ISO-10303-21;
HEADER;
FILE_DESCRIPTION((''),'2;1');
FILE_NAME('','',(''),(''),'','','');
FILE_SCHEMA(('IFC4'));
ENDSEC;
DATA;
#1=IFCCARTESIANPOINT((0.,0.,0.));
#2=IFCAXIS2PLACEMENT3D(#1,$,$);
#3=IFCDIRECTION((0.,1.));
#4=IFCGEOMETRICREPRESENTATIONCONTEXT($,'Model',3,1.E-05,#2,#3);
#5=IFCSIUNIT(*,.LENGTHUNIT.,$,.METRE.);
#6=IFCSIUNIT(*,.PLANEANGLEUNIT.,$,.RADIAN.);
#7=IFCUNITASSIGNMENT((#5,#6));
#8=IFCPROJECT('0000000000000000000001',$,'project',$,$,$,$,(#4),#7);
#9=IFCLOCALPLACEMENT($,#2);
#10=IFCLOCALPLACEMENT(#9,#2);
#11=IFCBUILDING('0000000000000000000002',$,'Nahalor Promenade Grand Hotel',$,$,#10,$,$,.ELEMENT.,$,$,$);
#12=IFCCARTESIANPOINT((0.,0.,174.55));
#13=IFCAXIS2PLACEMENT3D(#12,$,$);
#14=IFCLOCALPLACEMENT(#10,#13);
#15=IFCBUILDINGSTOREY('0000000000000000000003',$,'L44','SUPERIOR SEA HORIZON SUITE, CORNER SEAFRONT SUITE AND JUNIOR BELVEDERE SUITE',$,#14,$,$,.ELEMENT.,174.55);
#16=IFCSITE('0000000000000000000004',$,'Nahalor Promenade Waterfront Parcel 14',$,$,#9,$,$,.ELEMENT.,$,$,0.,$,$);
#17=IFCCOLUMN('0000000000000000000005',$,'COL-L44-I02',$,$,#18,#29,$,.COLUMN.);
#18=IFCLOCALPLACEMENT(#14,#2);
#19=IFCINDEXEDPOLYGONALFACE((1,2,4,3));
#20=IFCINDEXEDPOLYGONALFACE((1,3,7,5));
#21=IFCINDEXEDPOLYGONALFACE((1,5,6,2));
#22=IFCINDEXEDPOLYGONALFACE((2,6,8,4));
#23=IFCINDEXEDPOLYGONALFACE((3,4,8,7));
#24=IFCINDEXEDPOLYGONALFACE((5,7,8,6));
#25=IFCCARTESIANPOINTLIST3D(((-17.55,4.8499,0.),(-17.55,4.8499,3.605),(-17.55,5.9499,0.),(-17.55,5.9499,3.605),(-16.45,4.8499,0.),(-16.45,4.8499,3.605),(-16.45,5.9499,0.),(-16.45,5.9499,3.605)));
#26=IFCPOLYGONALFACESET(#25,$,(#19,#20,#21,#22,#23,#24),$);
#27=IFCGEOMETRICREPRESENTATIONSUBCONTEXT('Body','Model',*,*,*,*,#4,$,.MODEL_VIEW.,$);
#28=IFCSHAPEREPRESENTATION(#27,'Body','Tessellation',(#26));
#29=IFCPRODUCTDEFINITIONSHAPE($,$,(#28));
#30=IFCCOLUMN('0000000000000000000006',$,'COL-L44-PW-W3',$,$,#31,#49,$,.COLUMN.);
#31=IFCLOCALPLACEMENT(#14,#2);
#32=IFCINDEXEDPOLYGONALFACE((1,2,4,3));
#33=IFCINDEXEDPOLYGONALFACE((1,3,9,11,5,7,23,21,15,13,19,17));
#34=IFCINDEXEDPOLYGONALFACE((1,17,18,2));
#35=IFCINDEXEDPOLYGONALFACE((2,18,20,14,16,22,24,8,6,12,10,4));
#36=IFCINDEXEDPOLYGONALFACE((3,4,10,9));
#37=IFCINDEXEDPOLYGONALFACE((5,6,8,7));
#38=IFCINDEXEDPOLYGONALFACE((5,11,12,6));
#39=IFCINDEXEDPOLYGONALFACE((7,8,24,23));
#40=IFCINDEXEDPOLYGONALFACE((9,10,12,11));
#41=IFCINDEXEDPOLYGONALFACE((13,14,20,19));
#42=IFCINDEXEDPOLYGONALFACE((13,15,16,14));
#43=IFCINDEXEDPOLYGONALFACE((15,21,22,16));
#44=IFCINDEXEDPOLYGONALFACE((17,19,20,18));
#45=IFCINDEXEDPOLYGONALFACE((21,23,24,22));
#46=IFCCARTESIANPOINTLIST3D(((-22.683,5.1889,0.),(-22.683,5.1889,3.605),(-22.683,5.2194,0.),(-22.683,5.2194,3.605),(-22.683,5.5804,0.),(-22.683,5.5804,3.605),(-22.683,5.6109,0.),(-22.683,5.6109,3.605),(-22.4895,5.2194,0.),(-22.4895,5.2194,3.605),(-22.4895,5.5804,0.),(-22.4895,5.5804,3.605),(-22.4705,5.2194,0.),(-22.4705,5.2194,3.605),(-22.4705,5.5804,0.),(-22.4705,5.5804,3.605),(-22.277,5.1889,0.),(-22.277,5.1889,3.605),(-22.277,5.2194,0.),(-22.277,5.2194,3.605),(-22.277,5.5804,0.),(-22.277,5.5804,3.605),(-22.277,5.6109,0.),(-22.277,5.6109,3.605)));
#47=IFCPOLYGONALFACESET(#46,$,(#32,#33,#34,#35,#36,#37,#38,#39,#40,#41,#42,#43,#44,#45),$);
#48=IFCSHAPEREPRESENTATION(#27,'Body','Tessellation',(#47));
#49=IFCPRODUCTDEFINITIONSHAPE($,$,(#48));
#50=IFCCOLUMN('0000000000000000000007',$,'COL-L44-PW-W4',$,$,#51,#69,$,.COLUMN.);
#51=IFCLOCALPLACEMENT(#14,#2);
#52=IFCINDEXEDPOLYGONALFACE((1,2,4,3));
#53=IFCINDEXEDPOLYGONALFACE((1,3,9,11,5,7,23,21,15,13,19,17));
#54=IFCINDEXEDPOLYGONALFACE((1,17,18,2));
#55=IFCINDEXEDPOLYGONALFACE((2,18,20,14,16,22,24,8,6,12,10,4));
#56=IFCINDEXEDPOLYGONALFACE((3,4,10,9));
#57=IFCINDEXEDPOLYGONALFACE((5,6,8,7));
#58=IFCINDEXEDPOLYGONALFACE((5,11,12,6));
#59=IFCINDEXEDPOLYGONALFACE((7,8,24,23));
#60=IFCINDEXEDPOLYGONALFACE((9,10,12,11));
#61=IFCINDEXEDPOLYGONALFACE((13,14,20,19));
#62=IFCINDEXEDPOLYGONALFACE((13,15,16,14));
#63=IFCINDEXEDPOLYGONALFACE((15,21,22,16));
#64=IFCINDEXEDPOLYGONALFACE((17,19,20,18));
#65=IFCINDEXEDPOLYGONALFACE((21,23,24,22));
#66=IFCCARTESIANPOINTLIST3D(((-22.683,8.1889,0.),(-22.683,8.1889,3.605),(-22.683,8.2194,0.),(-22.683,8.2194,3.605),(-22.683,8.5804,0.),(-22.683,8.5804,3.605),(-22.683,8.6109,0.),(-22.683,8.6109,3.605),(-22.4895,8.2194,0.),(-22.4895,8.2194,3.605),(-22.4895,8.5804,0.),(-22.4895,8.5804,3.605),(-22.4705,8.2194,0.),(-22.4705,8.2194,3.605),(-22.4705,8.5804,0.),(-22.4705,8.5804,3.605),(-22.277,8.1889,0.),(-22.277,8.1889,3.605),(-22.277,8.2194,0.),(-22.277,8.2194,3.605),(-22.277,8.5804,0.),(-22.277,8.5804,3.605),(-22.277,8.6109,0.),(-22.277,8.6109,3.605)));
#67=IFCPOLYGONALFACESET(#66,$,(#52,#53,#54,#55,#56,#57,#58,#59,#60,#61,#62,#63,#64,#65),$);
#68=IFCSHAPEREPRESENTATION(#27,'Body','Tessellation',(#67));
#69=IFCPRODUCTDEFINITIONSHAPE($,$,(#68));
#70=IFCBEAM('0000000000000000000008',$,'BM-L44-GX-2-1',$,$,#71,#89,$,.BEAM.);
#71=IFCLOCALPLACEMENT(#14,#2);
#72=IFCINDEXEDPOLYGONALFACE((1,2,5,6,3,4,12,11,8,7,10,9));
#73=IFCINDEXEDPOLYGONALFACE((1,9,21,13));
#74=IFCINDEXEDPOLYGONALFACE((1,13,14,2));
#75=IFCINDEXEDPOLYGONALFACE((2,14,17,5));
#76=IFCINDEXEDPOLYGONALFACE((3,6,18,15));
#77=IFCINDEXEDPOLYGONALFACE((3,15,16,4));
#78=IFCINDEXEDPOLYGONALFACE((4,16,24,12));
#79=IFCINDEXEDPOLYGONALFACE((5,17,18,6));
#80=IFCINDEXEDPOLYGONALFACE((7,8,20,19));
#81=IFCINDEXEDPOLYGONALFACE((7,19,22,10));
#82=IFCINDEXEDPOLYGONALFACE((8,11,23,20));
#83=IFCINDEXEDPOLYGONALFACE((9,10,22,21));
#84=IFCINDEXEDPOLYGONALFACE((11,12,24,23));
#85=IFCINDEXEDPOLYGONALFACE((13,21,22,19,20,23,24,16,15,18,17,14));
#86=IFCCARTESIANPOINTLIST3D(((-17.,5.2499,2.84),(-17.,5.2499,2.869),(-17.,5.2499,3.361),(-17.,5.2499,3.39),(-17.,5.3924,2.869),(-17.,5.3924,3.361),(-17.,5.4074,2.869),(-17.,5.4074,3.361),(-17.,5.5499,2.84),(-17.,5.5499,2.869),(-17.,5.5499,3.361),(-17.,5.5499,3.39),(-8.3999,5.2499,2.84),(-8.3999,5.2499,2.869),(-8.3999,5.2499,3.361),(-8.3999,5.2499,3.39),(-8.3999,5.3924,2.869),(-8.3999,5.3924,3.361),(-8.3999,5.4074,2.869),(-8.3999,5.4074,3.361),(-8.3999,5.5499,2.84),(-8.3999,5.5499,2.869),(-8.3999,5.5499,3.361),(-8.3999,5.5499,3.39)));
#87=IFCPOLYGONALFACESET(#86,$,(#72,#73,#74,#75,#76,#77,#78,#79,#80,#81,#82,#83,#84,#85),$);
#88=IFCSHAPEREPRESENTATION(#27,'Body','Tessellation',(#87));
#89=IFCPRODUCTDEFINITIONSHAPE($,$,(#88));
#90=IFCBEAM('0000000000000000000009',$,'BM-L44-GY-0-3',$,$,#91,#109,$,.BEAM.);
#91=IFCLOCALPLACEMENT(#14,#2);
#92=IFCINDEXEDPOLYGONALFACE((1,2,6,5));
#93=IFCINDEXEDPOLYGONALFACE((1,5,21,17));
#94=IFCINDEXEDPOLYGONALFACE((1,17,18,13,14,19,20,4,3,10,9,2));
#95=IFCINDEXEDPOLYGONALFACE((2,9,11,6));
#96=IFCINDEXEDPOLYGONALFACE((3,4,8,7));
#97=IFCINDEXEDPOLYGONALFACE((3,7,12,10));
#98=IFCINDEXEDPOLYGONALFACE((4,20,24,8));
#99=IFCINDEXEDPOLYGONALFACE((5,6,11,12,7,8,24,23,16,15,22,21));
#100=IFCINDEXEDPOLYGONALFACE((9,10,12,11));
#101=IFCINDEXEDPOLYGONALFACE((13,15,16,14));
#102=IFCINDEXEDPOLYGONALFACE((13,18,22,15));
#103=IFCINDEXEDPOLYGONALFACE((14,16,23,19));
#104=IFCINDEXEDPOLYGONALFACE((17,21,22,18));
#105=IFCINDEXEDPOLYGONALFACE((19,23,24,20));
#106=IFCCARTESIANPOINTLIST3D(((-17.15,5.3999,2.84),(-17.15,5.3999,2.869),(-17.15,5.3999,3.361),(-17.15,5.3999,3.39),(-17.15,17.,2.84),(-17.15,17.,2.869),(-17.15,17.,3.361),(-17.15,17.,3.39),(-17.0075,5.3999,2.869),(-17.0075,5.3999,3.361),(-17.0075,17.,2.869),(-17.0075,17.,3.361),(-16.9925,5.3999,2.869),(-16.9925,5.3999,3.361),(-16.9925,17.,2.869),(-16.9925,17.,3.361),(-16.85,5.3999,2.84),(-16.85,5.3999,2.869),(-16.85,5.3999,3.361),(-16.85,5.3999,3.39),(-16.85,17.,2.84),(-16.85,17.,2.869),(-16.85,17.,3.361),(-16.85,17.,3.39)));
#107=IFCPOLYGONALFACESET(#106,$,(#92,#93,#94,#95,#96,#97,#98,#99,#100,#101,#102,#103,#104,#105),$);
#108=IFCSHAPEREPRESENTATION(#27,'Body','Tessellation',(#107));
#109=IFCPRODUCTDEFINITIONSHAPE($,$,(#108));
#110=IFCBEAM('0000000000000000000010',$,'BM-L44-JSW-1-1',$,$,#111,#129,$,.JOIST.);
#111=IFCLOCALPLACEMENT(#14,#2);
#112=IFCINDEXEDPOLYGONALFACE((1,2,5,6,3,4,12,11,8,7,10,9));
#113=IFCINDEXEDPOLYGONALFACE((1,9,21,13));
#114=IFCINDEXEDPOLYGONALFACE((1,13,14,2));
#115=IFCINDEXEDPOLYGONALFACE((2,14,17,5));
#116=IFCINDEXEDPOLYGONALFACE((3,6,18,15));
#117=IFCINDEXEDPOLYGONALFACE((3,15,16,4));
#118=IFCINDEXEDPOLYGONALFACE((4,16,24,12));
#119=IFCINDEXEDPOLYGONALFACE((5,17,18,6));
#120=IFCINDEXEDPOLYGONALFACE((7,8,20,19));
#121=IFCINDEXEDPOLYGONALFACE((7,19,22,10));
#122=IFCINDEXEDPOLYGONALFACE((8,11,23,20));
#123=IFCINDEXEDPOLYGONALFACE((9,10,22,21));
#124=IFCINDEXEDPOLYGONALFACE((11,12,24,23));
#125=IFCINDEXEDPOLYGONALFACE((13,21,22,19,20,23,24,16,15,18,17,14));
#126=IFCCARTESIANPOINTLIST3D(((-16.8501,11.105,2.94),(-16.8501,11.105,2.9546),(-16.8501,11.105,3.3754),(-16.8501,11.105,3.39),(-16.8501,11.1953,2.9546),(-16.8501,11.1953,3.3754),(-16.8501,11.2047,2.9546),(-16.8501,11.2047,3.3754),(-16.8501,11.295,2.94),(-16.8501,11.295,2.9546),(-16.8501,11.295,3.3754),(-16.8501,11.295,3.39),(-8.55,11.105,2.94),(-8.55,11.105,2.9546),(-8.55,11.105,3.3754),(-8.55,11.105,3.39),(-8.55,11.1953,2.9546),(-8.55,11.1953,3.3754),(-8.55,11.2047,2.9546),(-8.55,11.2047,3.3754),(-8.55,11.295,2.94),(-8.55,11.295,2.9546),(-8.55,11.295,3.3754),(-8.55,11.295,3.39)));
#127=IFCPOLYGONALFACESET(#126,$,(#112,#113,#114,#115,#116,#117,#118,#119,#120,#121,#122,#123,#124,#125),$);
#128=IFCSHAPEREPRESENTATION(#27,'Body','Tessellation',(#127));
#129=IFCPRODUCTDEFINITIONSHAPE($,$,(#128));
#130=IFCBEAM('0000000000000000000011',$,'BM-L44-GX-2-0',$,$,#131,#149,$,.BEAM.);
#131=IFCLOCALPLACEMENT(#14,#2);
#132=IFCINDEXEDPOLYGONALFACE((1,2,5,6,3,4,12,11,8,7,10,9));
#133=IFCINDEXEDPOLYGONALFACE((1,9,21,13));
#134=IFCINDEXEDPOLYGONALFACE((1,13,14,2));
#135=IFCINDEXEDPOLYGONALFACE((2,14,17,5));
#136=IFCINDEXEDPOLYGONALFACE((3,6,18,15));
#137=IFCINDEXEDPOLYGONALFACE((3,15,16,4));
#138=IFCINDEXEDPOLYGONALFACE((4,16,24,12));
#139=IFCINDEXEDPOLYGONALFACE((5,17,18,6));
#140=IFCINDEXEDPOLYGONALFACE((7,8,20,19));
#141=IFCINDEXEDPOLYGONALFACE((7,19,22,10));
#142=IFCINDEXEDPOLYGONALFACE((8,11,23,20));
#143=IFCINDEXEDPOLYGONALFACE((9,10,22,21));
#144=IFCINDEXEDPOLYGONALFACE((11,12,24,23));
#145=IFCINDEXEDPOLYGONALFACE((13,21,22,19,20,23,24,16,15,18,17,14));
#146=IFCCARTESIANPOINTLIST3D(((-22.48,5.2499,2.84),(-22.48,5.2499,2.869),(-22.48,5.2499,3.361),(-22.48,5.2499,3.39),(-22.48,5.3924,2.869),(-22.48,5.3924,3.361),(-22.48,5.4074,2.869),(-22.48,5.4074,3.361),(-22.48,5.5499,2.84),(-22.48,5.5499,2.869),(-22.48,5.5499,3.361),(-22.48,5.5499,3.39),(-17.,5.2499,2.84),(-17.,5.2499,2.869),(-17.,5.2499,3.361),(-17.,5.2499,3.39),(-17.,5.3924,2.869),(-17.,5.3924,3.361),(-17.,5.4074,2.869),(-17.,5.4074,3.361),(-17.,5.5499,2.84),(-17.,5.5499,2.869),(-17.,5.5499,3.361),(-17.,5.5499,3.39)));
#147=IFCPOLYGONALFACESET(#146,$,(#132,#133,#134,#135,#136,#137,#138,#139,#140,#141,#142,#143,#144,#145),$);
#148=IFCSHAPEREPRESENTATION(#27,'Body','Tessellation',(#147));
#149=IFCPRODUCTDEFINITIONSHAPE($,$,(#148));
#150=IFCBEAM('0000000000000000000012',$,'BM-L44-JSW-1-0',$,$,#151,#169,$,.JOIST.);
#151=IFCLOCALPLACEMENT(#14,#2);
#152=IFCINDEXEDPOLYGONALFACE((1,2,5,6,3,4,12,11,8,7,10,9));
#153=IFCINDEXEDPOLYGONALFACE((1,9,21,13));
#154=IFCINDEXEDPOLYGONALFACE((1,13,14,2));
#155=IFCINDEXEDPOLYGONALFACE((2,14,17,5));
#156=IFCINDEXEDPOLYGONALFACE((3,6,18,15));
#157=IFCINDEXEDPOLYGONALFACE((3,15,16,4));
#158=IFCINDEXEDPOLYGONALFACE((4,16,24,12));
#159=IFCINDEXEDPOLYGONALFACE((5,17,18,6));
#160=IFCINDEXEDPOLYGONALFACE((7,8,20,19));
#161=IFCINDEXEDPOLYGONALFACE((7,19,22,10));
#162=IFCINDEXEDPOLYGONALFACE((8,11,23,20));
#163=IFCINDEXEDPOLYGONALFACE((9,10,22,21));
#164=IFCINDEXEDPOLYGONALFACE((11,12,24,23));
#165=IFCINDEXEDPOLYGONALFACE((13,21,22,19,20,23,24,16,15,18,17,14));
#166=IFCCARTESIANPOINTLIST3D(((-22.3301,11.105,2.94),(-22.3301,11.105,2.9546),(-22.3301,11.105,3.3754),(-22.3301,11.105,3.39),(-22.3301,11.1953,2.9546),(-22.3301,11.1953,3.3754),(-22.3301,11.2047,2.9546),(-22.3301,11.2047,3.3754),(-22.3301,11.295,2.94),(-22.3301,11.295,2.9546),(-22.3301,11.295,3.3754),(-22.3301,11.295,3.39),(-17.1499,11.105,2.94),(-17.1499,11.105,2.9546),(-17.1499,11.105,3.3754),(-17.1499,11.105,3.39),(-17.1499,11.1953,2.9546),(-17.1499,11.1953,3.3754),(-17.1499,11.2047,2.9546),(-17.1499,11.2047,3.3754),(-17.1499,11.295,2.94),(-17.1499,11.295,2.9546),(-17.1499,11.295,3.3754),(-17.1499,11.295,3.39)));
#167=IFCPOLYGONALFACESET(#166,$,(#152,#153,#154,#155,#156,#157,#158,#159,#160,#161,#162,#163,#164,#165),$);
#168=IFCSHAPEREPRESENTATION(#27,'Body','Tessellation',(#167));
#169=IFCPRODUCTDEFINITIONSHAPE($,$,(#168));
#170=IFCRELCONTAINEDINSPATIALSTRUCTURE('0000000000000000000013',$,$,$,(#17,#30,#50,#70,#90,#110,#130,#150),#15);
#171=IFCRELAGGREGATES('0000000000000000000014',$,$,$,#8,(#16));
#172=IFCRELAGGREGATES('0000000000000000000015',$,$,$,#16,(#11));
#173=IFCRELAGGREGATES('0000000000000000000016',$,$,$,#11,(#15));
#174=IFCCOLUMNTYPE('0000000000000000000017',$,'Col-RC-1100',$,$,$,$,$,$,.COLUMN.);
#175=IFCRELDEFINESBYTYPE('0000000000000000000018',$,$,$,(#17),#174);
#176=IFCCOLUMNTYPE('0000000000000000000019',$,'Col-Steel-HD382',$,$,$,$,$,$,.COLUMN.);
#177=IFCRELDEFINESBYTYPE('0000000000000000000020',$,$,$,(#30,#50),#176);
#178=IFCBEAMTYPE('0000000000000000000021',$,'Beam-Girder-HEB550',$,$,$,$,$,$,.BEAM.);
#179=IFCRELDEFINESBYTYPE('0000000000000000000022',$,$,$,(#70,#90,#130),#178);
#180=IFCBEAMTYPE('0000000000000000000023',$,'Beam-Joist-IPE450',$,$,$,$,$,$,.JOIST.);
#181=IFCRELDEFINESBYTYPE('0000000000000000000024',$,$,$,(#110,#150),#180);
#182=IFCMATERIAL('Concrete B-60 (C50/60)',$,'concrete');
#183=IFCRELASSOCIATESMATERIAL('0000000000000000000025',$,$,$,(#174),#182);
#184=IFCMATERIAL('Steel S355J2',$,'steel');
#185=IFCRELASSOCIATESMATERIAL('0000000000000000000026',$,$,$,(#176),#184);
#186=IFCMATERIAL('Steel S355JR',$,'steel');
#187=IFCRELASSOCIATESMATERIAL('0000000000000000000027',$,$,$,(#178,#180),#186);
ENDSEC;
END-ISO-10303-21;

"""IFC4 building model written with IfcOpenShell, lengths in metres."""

from ifc_helpers import new_model, si_unit, direction, frame, origin, origin_2d, place, context, subcontext, project, spatial, rectangle, i_section, extrude, source, transform, mapped, material, material_profile, profile_set, type_object, element, save


model = new_model("IFC4")

# Units and contexts
model_context = context("Model", 3, precision=1e-05, world=origin(), true_north=direction((0.0, 1.0)))
body_context = subcontext(model_context, "Body", "Model", "MODEL_VIEW")
ifc_project = project(units=[si_unit("LENGTHUNIT", "METRE"), si_unit("PLANEANGLEUNIT", "RADIAN")], contexts=[model_context])

# Site, building, storey
site_placement = place(None, origin())
site = spatial("IfcSite", under=ifc_project, at=site_placement, Name="Nahalor Promenade Waterfront Parcel 14", CompositionType="ELEMENT", RefElevation=0.0)
building_placement = place(site_placement, origin())
building = spatial("IfcBuilding", under=site, at=building_placement, Name="Nahalor Promenade Grand Hotel", CompositionType="ELEMENT")
storey_placement = place(building_placement, frame((0.0, 0.0, 174.55)))
storey = spatial("IfcBuildingStorey", under=building, at=storey_placement, Name="L44", Description="SUPERIOR SEA HORIZON SUITE, CORNER SEAFRONT SUITE AND JUNIOR BELVEDERE SUITE", CompositionType="ELEMENT", Elevation=174.55)

# Columns
ifc_material_1 = material(Name="Concrete B-60 (C50/60)", Category="concrete")
ifc_material_profile_1 = material_profile(ifc_material_1, rectangle(XDim=1.1, YDim=1.1, at=origin_2d()), Name="RC 1100x1100")
ifc_profile_set_1 = profile_set([ifc_material_profile_1], Name="Concrete B-60 (C50/60)")
column_type_1 = type_object("IfcColumnType", Name="Col-RC-1100", PredefinedType="COLUMN", material=ifc_profile_set_1)
shared_shape_1 = source(origin(), body_context, "Body", "SweptSolid", [
    extrude(rectangle(XDim=1.1, YDim=1.1, at=origin_2d()), origin(), (0.0, 0.0, 1.0), 3.605),
])
column_placement = place(storey_placement, frame((-17.0, 5.3999, 0.0), z_axis=(0.0, 0.0, 1.0), x_axis=(1.0, 0.0, 0.0)))
element("IfcColumn", 1, at=column_placement, inside=storey, type_object=column_type_1, Name="COL-L44-I02", PredefinedType="COLUMN", context=body_context, shape_type="MappedRepresentation", body=[
    mapped(shared_shape_1, transform((0.0, 0.0, 0.0), scale=1.0)),
])
ifc_material_2 = material(Name="Steel S355J2", Category="steel")
ifc_material_profile_2 = material_profile(ifc_material_2, i_section(OverallWidth=0.406, OverallDepth=0.422, WebThickness=0.019, FlangeThickness=0.0305, at=origin_2d()), Name="HD 400x382")
ifc_profile_set_2 = profile_set([ifc_material_profile_2], Name="Steel S355J2")
column_type_2 = type_object("IfcColumnType", Name="Col-Steel-HD382", PredefinedType="COLUMN", material=ifc_profile_set_2)
shared_shape_2 = source(origin(), body_context, "Body", "SweptSolid", [
    extrude(i_section(OverallWidth=0.406, OverallDepth=0.422, WebThickness=0.019, FlangeThickness=0.0305, at=origin_2d()), origin(), (0.0, 0.0, 1.0), 3.605),
])
for number, where, z_axis, x_axis, name in (
    (2, (-22.48, 5.3999, 0.0), (0.0, 0.0, 1.0), (1.0, 0.0, 0.0), "COL-L44-PW-W3"),
    (3, (-22.48, 8.3999, 0.0), (0.0, 0.0, 1.0), (1.0, 0.0, 0.0), "COL-L44-PW-W4"),
):
    element("IfcColumn", number, at=place(storey_placement, frame(where, z_axis=z_axis, x_axis=x_axis)), inside=storey, type_object=column_type_2, Name=name, PredefinedType="COLUMN", context=body_context, shape_type="MappedRepresentation", body=[
        mapped(shared_shape_2, transform((0.0, 0.0, 0.0), scale=1.0)),
    ])

# Beams
ifc_material_3 = material(Name="Steel S355JR", Category="steel")
ifc_material_profile_3 = material_profile(ifc_material_3, i_section(OverallWidth=0.3, OverallDepth=0.55, WebThickness=0.015, FlangeThickness=0.029, at=origin_2d()), Name="HEB 550")
ifc_profile_set_3 = profile_set([ifc_material_profile_3], Name="Steel S355JR")
beam_type_1 = type_object("IfcBeamType", Name="Beam-Girder-HEB550", PredefinedType="BEAM", material=ifc_profile_set_3)
shared_shape_3 = source(origin(), body_context, "Body", "SweptSolid", [
    extrude(i_section(OverallWidth=0.3, OverallDepth=0.55, WebThickness=0.015, FlangeThickness=0.029, at=origin_2d()), origin(), (0.0, 0.0, 1.0), 8.6001),
])
beam_1_placement = place(storey_placement, frame((-17.0, 5.3999, 3.115), z_axis=(1.0, 0.0, 0.0), x_axis=(0.0, 1.0, 0.0)))
element("IfcBeam", 4, at=beam_1_placement, inside=storey, type_object=beam_type_1, Name="BM-L44-GX-2-1", PredefinedType="BEAM", context=body_context, shape_type="MappedRepresentation", body=[
    mapped(shared_shape_3, transform((0.0, 0.0, 0.0), scale=1.0)),
])
shared_shape_4 = source(origin(), body_context, "Body", "SweptSolid", [
    extrude(i_section(OverallWidth=0.3, OverallDepth=0.55, WebThickness=0.015, FlangeThickness=0.029, at=origin_2d()), origin(), (0.0, 0.0, 1.0), 11.6001),
])
beam_2_placement = place(storey_placement, frame((-17.0, 5.3999, 3.115), z_axis=(0.0, 1.0, 0.0), x_axis=(-1.0, 0.0, 0.0)))
element("IfcBeam", 5, at=beam_2_placement, inside=storey, type_object=beam_type_1, Name="BM-L44-GY-0-3", PredefinedType="BEAM", context=body_context, shape_type="MappedRepresentation", body=[
    mapped(shared_shape_4, transform((0.0, 0.0, 0.0), scale=1.0)),
])
ifc_material_profile_4 = material_profile(ifc_material_3, i_section(OverallWidth=0.19, OverallDepth=0.45, WebThickness=0.0094, FlangeThickness=0.0146, at=origin_2d()), Name="IPE 450")
ifc_profile_set_4 = profile_set([ifc_material_profile_4], Name="Steel S355JR")
beam_type_2 = type_object("IfcBeamType", Name="Beam-Joist-IPE450", PredefinedType="JOIST", material=ifc_profile_set_4)
shared_shape_5 = source(origin(), body_context, "Body", "SweptSolid", [
    extrude(i_section(OverallWidth=0.19, OverallDepth=0.45, WebThickness=0.0094, FlangeThickness=0.0146, at=origin_2d()), origin(), (0.0, 0.0, 1.0), 8.3),
])
beam_3_placement = place(storey_placement, frame((-16.8501, 11.2, 3.165), z_axis=(1.0, 0.0, 0.0), x_axis=(0.0, 1.0, 0.0)))
element("IfcBeam", 6, at=beam_3_placement, inside=storey, type_object=beam_type_2, Name="BM-L44-JSW-1-1", PredefinedType="JOIST", context=body_context, shape_type="MappedRepresentation", body=[
    mapped(shared_shape_5, transform((0.0, 0.0, 0.0), scale=1.0)),
])
shared_shape_6 = source(origin(), body_context, "Body", "SweptSolid", [
    extrude(i_section(OverallWidth=0.3, OverallDepth=0.55, WebThickness=0.015, FlangeThickness=0.029, at=origin_2d()), origin(), (0.0, 0.0, 1.0), 5.48),
])
beam_4_placement = place(storey_placement, frame((-22.48, 5.3999, 3.115), z_axis=(1.0, 0.0, 0.0), x_axis=(0.0, 1.0, 0.0)))
element("IfcBeam", 7, at=beam_4_placement, inside=storey, type_object=beam_type_1, Name="BM-L44-GX-2-0", PredefinedType="BEAM", context=body_context, shape_type="MappedRepresentation", body=[
    mapped(shared_shape_6, transform((0.0, 0.0, 0.0), scale=1.0)),
])
shared_shape_7 = source(origin(), body_context, "Body", "SweptSolid", [
    extrude(i_section(OverallWidth=0.19, OverallDepth=0.45, WebThickness=0.0094, FlangeThickness=0.0146, at=origin_2d()), origin(), (0.0, 0.0, 1.0), 5.1802),
])
beam_5_placement = place(storey_placement, frame((-22.3301, 11.2, 3.165), z_axis=(1.0, 0.0, 0.0), x_axis=(0.0, 1.0, 0.0)))
element("IfcBeam", 8, at=beam_5_placement, inside=storey, type_object=beam_type_2, Name="BM-L44-JSW-1-0", PredefinedType="JOIST", context=body_context, shape_type="MappedRepresentation", body=[
    mapped(shared_shape_7, transform((0.0, 0.0, 0.0), scale=1.0)),
])

save(model, "model.ifc")
